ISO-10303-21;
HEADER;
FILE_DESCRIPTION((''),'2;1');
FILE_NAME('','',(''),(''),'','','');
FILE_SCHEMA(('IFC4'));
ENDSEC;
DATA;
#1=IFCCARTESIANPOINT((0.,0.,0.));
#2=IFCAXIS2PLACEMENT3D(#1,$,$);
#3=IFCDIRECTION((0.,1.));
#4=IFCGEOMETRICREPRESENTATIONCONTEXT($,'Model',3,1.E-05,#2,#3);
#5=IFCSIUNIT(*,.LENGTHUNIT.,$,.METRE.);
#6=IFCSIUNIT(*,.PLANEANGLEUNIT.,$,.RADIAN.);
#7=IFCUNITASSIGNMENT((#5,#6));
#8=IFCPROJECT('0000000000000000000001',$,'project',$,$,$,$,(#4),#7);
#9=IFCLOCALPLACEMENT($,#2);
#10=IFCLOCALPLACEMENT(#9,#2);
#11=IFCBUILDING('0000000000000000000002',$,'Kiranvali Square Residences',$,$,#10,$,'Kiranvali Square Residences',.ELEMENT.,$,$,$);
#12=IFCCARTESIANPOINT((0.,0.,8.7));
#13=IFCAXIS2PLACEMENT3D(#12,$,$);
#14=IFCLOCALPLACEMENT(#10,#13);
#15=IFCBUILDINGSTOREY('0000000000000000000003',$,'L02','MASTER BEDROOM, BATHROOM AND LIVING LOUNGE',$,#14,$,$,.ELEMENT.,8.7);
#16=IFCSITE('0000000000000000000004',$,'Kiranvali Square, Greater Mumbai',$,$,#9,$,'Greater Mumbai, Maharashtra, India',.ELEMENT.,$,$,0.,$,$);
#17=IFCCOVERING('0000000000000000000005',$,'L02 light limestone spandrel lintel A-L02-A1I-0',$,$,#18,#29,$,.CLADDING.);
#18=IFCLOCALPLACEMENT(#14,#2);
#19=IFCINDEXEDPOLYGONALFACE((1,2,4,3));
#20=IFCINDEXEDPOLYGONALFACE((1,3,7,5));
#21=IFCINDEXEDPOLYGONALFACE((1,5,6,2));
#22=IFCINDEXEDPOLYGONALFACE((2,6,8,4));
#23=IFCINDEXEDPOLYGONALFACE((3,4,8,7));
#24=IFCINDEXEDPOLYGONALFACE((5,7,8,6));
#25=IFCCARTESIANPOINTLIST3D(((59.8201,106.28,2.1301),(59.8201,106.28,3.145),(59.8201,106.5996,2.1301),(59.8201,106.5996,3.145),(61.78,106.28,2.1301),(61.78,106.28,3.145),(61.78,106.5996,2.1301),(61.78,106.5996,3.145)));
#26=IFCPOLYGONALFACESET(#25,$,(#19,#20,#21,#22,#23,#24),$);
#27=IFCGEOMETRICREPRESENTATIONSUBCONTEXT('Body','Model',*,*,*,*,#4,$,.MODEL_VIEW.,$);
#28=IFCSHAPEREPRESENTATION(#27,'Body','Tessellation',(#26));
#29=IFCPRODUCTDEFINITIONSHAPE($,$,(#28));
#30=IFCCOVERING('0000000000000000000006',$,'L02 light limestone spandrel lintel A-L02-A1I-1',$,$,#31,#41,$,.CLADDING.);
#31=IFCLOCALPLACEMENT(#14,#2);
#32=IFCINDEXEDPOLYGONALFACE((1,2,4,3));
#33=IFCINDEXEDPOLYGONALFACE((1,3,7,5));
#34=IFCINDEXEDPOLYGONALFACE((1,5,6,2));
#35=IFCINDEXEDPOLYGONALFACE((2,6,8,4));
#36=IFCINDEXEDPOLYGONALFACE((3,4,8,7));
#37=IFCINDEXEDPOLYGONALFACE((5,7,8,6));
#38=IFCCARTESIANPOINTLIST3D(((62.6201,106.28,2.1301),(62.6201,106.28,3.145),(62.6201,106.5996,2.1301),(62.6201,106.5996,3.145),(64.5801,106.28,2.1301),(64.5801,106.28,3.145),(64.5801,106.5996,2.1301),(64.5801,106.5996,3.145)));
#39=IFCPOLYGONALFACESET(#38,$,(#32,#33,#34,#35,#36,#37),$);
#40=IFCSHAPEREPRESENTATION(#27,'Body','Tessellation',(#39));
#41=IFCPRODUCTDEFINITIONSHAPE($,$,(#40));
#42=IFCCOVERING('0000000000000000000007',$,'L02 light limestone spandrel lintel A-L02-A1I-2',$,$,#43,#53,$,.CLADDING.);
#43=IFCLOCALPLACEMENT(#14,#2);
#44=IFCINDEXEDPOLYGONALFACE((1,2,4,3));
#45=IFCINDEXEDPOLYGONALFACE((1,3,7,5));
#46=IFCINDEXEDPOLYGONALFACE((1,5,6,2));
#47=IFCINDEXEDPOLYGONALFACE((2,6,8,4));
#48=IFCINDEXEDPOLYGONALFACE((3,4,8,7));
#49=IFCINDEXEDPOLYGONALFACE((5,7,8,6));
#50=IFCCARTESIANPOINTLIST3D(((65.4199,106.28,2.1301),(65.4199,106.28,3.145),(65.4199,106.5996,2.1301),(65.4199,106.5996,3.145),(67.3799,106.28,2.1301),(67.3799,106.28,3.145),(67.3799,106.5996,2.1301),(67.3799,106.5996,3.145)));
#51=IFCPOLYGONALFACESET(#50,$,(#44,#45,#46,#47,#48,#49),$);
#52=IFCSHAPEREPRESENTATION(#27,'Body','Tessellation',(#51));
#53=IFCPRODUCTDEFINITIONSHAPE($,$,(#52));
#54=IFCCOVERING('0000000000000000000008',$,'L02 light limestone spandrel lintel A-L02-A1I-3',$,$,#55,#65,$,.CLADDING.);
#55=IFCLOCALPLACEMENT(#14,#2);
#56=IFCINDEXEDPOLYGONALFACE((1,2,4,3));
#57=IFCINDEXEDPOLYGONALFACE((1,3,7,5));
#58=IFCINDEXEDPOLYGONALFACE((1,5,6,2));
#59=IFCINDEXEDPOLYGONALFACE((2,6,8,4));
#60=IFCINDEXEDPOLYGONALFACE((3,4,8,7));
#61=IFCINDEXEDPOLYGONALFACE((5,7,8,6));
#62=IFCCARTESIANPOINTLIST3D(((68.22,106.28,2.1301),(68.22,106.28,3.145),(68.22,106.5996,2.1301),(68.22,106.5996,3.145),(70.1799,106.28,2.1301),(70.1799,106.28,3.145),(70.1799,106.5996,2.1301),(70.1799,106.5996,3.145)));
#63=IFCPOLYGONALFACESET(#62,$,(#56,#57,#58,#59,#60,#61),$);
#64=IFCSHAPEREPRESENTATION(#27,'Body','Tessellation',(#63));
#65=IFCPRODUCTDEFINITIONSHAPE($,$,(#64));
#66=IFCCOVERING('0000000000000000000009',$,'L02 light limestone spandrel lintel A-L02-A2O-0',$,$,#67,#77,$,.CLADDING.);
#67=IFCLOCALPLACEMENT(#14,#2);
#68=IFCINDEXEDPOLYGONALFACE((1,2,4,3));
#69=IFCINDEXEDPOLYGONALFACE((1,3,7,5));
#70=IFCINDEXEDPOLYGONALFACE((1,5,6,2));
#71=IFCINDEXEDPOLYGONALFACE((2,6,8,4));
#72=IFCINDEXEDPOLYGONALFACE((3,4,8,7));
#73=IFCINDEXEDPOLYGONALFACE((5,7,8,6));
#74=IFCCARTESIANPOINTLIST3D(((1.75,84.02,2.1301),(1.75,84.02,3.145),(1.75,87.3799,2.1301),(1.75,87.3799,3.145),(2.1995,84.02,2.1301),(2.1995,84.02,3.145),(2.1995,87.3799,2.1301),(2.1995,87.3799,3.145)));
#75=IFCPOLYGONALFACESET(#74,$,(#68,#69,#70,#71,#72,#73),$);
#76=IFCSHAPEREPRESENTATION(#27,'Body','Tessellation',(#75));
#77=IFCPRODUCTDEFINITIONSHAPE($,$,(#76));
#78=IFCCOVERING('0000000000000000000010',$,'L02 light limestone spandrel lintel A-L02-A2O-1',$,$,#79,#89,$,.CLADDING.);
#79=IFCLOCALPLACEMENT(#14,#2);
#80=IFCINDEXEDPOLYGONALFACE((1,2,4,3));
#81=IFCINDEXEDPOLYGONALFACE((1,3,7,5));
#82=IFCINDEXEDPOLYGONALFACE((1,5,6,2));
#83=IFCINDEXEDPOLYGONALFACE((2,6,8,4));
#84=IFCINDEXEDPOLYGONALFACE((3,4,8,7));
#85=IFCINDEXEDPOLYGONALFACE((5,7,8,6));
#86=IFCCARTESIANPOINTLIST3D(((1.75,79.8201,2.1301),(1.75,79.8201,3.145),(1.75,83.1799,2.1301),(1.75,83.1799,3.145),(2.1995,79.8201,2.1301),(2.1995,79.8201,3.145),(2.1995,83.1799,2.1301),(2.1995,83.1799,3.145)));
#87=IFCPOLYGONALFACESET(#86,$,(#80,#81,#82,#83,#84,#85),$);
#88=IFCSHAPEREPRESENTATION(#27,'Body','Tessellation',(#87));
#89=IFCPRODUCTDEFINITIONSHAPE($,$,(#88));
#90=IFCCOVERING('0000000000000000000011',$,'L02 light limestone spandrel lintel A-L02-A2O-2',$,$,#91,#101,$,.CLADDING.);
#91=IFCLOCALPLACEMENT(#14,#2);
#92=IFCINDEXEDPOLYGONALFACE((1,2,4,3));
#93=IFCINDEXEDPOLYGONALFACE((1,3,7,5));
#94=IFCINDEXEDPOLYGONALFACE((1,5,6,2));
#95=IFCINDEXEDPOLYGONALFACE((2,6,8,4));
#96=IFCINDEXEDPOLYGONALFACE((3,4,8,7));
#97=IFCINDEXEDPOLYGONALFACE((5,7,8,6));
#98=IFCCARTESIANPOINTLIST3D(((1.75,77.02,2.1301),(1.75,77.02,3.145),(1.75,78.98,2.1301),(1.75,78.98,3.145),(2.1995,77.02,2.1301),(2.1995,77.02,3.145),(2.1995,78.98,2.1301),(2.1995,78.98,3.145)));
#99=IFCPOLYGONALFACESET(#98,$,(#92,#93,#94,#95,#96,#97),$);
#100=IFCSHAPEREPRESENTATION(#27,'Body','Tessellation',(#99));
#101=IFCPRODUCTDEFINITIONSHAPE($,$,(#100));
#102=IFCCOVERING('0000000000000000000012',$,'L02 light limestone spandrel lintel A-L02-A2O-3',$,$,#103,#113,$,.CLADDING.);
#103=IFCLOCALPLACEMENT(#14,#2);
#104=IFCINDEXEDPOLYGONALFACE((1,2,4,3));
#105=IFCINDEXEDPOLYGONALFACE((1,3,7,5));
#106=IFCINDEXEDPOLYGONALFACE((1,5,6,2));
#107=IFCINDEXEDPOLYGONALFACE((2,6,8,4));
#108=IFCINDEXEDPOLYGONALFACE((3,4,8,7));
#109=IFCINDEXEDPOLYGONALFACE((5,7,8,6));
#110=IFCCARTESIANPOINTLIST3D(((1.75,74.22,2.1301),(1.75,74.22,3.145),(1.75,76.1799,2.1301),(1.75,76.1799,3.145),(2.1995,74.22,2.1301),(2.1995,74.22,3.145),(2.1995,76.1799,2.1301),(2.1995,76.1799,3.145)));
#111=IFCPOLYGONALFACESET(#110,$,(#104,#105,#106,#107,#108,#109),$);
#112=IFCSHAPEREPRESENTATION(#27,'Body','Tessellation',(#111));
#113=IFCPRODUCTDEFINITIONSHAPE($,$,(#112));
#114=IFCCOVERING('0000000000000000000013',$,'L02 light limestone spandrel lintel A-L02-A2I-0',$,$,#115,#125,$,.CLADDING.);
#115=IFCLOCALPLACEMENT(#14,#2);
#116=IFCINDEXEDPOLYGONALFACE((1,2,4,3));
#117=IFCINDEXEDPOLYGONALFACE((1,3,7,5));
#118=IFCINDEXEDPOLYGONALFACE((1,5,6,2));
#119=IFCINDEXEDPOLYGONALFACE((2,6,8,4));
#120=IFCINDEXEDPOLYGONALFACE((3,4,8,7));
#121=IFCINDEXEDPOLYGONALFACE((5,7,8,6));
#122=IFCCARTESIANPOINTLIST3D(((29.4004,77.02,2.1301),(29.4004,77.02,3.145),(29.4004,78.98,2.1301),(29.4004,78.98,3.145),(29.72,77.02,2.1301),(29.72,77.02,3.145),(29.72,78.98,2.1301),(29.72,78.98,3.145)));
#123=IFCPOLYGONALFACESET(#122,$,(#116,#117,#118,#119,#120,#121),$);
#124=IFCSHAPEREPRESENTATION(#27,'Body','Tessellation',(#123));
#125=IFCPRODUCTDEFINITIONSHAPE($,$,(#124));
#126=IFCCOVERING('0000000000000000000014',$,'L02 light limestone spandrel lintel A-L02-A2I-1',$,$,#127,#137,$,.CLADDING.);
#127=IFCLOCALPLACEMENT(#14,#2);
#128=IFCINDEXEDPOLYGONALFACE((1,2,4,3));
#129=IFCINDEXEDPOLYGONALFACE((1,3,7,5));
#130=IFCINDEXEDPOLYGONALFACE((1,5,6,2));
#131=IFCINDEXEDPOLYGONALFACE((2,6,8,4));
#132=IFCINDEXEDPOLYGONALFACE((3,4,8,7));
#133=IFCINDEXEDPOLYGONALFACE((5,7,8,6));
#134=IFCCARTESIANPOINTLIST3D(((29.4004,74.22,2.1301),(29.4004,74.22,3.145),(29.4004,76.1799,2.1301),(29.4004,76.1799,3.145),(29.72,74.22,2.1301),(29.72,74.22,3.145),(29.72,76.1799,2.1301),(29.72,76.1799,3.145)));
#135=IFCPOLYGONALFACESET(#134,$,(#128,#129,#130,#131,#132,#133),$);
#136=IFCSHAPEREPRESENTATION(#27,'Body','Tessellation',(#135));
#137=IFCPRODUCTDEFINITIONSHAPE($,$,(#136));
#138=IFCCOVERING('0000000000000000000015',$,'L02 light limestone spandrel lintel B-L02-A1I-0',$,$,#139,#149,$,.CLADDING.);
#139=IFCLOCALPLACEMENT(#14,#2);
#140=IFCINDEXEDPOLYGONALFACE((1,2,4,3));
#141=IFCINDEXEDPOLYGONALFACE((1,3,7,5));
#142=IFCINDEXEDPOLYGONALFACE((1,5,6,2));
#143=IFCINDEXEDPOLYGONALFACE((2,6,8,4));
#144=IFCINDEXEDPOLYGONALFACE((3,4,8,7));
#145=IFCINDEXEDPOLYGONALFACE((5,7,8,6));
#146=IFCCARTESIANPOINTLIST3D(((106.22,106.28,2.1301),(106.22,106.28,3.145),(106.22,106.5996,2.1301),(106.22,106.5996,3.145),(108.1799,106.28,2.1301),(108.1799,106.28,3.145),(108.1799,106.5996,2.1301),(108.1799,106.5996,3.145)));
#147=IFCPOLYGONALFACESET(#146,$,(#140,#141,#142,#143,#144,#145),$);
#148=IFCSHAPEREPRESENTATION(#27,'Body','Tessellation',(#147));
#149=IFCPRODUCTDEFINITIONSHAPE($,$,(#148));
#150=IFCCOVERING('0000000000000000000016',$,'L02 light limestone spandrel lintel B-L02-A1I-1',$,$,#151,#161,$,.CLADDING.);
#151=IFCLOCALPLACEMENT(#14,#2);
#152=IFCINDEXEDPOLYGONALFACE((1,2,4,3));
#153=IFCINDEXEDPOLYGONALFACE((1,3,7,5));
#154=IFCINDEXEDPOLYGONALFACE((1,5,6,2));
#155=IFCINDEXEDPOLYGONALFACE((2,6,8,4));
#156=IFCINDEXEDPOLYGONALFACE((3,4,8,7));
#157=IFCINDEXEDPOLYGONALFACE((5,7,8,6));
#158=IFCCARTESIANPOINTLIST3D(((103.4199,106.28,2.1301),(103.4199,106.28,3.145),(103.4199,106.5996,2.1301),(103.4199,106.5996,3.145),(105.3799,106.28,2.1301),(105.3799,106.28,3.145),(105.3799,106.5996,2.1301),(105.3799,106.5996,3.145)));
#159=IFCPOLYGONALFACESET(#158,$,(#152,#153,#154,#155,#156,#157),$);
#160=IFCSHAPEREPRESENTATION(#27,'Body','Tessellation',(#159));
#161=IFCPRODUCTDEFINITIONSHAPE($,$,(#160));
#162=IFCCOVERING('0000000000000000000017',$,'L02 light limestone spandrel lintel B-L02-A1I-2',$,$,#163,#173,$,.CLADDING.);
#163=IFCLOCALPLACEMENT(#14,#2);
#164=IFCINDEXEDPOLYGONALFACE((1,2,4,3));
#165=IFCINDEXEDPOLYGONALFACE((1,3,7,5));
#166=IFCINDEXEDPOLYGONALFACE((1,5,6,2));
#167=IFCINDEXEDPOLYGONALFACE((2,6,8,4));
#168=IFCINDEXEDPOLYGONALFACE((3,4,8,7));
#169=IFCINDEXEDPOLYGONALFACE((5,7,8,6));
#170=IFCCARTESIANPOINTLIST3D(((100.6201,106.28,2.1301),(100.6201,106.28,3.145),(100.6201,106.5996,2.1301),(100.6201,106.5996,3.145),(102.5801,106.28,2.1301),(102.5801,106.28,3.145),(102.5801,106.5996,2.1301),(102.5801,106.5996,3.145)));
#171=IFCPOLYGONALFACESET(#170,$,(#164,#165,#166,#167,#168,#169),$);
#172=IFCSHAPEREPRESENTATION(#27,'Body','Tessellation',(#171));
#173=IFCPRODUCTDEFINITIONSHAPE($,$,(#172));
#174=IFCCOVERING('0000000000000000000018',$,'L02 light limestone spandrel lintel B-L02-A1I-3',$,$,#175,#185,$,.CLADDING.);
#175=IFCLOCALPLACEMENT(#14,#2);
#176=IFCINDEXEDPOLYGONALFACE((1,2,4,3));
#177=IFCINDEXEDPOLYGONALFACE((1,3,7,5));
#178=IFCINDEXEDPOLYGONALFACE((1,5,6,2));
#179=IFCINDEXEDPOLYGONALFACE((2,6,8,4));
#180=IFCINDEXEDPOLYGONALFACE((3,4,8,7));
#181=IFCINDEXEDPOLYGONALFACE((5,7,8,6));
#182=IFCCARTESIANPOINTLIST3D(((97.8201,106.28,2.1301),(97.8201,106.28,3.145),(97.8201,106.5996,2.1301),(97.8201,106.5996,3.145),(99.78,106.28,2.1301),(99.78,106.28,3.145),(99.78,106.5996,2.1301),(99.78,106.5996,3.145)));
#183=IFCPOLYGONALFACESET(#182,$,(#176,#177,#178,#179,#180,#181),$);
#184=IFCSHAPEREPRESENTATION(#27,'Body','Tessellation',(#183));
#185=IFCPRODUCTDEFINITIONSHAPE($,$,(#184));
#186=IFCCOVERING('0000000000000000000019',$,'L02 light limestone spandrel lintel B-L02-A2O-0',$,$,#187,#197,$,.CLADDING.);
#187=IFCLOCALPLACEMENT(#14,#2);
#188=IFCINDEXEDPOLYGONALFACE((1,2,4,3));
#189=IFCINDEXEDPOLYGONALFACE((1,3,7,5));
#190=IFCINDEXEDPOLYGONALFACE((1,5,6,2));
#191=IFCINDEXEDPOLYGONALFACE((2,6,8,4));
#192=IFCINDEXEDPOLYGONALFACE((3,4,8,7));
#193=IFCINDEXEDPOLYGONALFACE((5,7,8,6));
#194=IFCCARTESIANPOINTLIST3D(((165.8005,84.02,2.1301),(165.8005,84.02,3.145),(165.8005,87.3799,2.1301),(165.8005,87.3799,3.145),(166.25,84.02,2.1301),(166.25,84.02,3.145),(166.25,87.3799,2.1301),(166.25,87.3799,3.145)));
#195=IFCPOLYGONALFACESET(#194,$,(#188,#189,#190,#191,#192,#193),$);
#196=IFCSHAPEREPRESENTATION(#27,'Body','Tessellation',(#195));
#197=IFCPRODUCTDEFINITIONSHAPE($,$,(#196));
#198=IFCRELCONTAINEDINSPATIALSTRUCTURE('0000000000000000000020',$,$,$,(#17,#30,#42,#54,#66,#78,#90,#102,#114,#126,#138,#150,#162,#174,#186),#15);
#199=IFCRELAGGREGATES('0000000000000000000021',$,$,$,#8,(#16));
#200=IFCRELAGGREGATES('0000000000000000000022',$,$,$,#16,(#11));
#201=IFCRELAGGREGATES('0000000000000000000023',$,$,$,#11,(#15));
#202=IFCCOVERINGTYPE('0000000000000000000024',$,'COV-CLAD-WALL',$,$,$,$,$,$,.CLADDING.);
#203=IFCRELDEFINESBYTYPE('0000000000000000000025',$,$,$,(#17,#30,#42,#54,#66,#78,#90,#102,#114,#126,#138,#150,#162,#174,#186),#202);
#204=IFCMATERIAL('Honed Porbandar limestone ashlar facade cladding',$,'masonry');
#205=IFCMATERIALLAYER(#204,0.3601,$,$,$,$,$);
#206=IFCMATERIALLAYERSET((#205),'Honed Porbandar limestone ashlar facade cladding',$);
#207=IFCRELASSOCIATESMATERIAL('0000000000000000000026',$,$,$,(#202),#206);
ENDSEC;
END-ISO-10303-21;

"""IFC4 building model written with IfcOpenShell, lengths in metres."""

from ifc_helpers import new_model, si_unit, direction, frame, origin, place, context, subcontext, project, spatial, polyline, outline, extrude, material, layer, layer_set, type_object, element, save


model = new_model("IFC4")

# Units and contexts
model_context = context("Model", 3, precision=1e-05, world=origin(), true_north=direction((0.0, 1.0)))
body_context = subcontext(model_context, "Body", "Model", "MODEL_VIEW")
ifc_project = project(units=[si_unit("LENGTHUNIT", "METRE"), si_unit("PLANEANGLEUNIT", "RADIAN")], contexts=[model_context])

# Site, building, storey
site_placement = place(None, origin())
site = spatial("IfcSite", under=ifc_project, at=site_placement, Name="Kiranvali Square, Greater Mumbai", LongName="Greater Mumbai, Maharashtra, India", CompositionType="ELEMENT", RefElevation=0.0)
building_placement = place(site_placement, origin())
building = spatial("IfcBuilding", under=site, at=building_placement, Name="Kiranvali Square Residences", LongName="Kiranvali Square Residences", CompositionType="ELEMENT")
storey_placement = place(building_placement, frame((0.0, 0.0, 8.7)))
storey = spatial("IfcBuildingStorey", under=building, at=storey_placement, Name="L02", Description="MASTER BEDROOM, BATHROOM AND LIVING LOUNGE", CompositionType="ELEMENT", Elevation=8.7)

# Coverings
ifc_material = material(Name="Honed Porbandar limestone ashlar facade cladding", Category="masonry")
ifc_layer = layer(ifc_material, 0.3601)
ifc_layer_set = layer_set([ifc_layer], Name="Honed Porbandar limestone ashlar facade cladding")
covering_type = type_object("IfcCoveringType", Name="COV-CLAD-WALL", PredefinedType="CLADDING", material=ifc_layer_set)
covering_1_placement = place(storey_placement, frame((0.0, 0.0, 2.1301)))
element("IfcCovering", 1, at=covering_1_placement, inside=storey, type_object=covering_type, Name="L02 light limestone spandrel lintel A-L02-A1I-0", PredefinedType="CLADDING", context=body_context, shape_type="SweptSolid", body=[
    extrude(outline(polyline([(59.8201, 106.28), (61.78, 106.28), (61.78, 106.5996), (59.8201, 106.5996), (59.8201, 106.28)])), origin(), (0.0, 0.0, 1.0), 1.0149),
])
covering_2_placement = place(storey_placement, frame((0.0, 0.0, 2.1301)))
element("IfcCovering", 2, at=covering_2_placement, inside=storey, type_object=covering_type, Name="L02 light limestone spandrel lintel A-L02-A1I-1", PredefinedType="CLADDING", context=body_context, shape_type="SweptSolid", body=[
    extrude(outline(polyline([(62.6201, 106.28), (64.5801, 106.28), (64.5801, 106.5996), (62.6201, 106.5996), (62.6201, 106.28)])), origin(), (0.0, 0.0, 1.0), 1.0149),
])
covering_3_placement = place(storey_placement, frame((0.0, 0.0, 2.1301)))
element("IfcCovering", 3, at=covering_3_placement, inside=storey, type_object=covering_type, Name="L02 light limestone spandrel lintel A-L02-A1I-2", PredefinedType="CLADDING", context=body_context, shape_type="SweptSolid", body=[
    extrude(outline(polyline([(65.4199, 106.28), (67.3799, 106.28), (67.3799, 106.5996), (65.4199, 106.5996), (65.4199, 106.28)])), origin(), (0.0, 0.0, 1.0), 1.0149),
])
covering_4_placement = place(storey_placement, frame((0.0, 0.0, 2.1301)))
element("IfcCovering", 4, at=covering_4_placement, inside=storey, type_object=covering_type, Name="L02 light limestone spandrel lintel A-L02-A1I-3", PredefinedType="CLADDING", context=body_context, shape_type="SweptSolid", body=[
    extrude(outline(polyline([(68.22, 106.28), (70.1799, 106.28), (70.1799, 106.5996), (68.22, 106.5996), (68.22, 106.28)])), origin(), (0.0, 0.0, 1.0), 1.0149),
])
covering_5_placement = place(storey_placement, frame((0.0, 0.0, 2.1301)))
element("IfcCovering", 5, at=covering_5_placement, inside=storey, type_object=covering_type, Name="L02 light limestone spandrel lintel A-L02-A2O-0", PredefinedType="CLADDING", context=body_context, shape_type="SweptSolid", body=[
    extrude(outline(polyline([(1.75, 87.3799), (1.75, 84.02), (2.1995, 84.02), (2.1995, 87.3799), (1.75, 87.3799)])), origin(), (0.0, 0.0, 1.0), 1.0149),
])
covering_6_placement = place(storey_placement, frame((0.0, 0.0, 2.1301)))
element("IfcCovering", 6, at=covering_6_placement, inside=storey, type_object=covering_type, Name="L02 light limestone spandrel lintel A-L02-A2O-1", PredefinedType="CLADDING", context=body_context, shape_type="SweptSolid", body=[
    extrude(outline(polyline([(1.75, 83.1799), (1.75, 79.8201), (2.1995, 79.8201), (2.1995, 83.1799), (1.75, 83.1799)])), origin(), (0.0, 0.0, 1.0), 1.0149),
])
covering_7_placement = place(storey_placement, frame((0.0, 0.0, 2.1301)))
element("IfcCovering", 7, at=covering_7_placement, inside=storey, type_object=covering_type, Name="L02 light limestone spandrel lintel A-L02-A2O-2", PredefinedType="CLADDING", context=body_context, shape_type="SweptSolid", body=[
    extrude(outline(polyline([(1.75, 78.98), (1.75, 77.02), (2.1995, 77.02), (2.1995, 78.98), (1.75, 78.98)])), origin(), (0.0, 0.0, 1.0), 1.0149),
])
covering_8_placement = place(storey_placement, frame((0.0, 0.0, 2.1301)))
element("IfcCovering", 8, at=covering_8_placement, inside=storey, type_object=covering_type, Name="L02 light limestone spandrel lintel A-L02-A2O-3", PredefinedType="CLADDING", context=body_context, shape_type="SweptSolid", body=[
    extrude(outline(polyline([(1.75, 76.1799), (1.75, 74.22), (2.1995, 74.22), (2.1995, 76.1799), (1.75, 76.1799)])), origin(), (0.0, 0.0, 1.0), 1.0149),
])
covering_9_placement = place(storey_placement, frame((0.0, 0.0, 2.1301)))
element("IfcCovering", 9, at=covering_9_placement, inside=storey, type_object=covering_type, Name="L02 light limestone spandrel lintel A-L02-A2I-0", PredefinedType="CLADDING", context=body_context, shape_type="SweptSolid", body=[
    extrude(outline(polyline([(29.4004, 78.98), (29.4004, 77.02), (29.72, 77.02), (29.72, 78.98), (29.4004, 78.98)])), origin(), (0.0, 0.0, 1.0), 1.0149),
])
covering_10_placement = place(storey_placement, frame((0.0, 0.0, 2.1301)))
element("IfcCovering", 10, at=covering_10_placement, inside=storey, type_object=covering_type, Name="L02 light limestone spandrel lintel A-L02-A2I-1", PredefinedType="CLADDING", context=body_context, shape_type="SweptSolid", body=[
    extrude(outline(polyline([(29.4004, 76.1799), (29.4004, 74.22), (29.72, 74.22), (29.72, 76.1799), (29.4004, 76.1799)])), origin(), (0.0, 0.0, 1.0), 1.0149),
])
covering_11_placement = place(storey_placement, frame((0.0, 0.0, 2.1301)))
element("IfcCovering", 11, at=covering_11_placement, inside=storey, type_object=covering_type, Name="L02 light limestone spandrel lintel B-L02-A1I-0", PredefinedType="CLADDING", context=body_context, shape_type="SweptSolid", body=[
    extrude(outline(polyline([(108.1799, 106.5996), (106.22, 106.5996), (106.22, 106.28), (108.1799, 106.28), (108.1799, 106.5996)])), origin(), (0.0, 0.0, 1.0), 1.0149),
])
covering_12_placement = place(storey_placement, frame((0.0, 0.0, 2.1301)))
element("IfcCovering", 12, at=covering_12_placement, inside=storey, type_object=covering_type, Name="L02 light limestone spandrel lintel B-L02-A1I-1", PredefinedType="CLADDING", context=body_context, shape_type="SweptSolid", body=[
    extrude(outline(polyline([(105.3799, 106.5996), (103.4199, 106.5996), (103.4199, 106.28), (105.3799, 106.28), (105.3799, 106.5996)])), origin(), (0.0, 0.0, 1.0), 1.0149),
])
covering_13_placement = place(storey_placement, frame((0.0, 0.0, 2.1301)))
element("IfcCovering", 13, at=covering_13_placement, inside=storey, type_object=covering_type, Name="L02 light limestone spandrel lintel B-L02-A1I-2", PredefinedType="CLADDING", context=body_context, shape_type="SweptSolid", body=[
    extrude(outline(polyline([(102.5801, 106.5996), (100.6201, 106.5996), (100.6201, 106.28), (102.5801, 106.28), (102.5801, 106.5996)])), origin(), (0.0, 0.0, 1.0), 1.0149),
])
covering_14_placement = place(storey_placement, frame((0.0, 0.0, 2.1301)))
element("IfcCovering", 14, at=covering_14_placement, inside=storey, type_object=covering_type, Name="L02 light limestone spandrel lintel B-L02-A1I-3", PredefinedType="CLADDING", context=body_context, shape_type="SweptSolid", body=[
    extrude(outline(polyline([(99.78, 106.5996), (97.8201, 106.5996), (97.8201, 106.28), (99.78, 106.28), (99.78, 106.5996)])), origin(), (0.0, 0.0, 1.0), 1.0149),
])
covering_15_placement = place(storey_placement, frame((0.0, 0.0, 2.1301)))
element("IfcCovering", 15, at=covering_15_placement, inside=storey, type_object=covering_type, Name="L02 light limestone spandrel lintel B-L02-A2O-0", PredefinedType="CLADDING", context=body_context, shape_type="SweptSolid", body=[
    extrude(outline(polyline([(165.8005, 87.3799), (165.8005, 84.02), (166.25, 84.02), (166.25, 87.3799), (165.8005, 87.3799)])), origin(), (0.0, 0.0, 1.0), 1.0149),
])

save(model, "model.ifc")
